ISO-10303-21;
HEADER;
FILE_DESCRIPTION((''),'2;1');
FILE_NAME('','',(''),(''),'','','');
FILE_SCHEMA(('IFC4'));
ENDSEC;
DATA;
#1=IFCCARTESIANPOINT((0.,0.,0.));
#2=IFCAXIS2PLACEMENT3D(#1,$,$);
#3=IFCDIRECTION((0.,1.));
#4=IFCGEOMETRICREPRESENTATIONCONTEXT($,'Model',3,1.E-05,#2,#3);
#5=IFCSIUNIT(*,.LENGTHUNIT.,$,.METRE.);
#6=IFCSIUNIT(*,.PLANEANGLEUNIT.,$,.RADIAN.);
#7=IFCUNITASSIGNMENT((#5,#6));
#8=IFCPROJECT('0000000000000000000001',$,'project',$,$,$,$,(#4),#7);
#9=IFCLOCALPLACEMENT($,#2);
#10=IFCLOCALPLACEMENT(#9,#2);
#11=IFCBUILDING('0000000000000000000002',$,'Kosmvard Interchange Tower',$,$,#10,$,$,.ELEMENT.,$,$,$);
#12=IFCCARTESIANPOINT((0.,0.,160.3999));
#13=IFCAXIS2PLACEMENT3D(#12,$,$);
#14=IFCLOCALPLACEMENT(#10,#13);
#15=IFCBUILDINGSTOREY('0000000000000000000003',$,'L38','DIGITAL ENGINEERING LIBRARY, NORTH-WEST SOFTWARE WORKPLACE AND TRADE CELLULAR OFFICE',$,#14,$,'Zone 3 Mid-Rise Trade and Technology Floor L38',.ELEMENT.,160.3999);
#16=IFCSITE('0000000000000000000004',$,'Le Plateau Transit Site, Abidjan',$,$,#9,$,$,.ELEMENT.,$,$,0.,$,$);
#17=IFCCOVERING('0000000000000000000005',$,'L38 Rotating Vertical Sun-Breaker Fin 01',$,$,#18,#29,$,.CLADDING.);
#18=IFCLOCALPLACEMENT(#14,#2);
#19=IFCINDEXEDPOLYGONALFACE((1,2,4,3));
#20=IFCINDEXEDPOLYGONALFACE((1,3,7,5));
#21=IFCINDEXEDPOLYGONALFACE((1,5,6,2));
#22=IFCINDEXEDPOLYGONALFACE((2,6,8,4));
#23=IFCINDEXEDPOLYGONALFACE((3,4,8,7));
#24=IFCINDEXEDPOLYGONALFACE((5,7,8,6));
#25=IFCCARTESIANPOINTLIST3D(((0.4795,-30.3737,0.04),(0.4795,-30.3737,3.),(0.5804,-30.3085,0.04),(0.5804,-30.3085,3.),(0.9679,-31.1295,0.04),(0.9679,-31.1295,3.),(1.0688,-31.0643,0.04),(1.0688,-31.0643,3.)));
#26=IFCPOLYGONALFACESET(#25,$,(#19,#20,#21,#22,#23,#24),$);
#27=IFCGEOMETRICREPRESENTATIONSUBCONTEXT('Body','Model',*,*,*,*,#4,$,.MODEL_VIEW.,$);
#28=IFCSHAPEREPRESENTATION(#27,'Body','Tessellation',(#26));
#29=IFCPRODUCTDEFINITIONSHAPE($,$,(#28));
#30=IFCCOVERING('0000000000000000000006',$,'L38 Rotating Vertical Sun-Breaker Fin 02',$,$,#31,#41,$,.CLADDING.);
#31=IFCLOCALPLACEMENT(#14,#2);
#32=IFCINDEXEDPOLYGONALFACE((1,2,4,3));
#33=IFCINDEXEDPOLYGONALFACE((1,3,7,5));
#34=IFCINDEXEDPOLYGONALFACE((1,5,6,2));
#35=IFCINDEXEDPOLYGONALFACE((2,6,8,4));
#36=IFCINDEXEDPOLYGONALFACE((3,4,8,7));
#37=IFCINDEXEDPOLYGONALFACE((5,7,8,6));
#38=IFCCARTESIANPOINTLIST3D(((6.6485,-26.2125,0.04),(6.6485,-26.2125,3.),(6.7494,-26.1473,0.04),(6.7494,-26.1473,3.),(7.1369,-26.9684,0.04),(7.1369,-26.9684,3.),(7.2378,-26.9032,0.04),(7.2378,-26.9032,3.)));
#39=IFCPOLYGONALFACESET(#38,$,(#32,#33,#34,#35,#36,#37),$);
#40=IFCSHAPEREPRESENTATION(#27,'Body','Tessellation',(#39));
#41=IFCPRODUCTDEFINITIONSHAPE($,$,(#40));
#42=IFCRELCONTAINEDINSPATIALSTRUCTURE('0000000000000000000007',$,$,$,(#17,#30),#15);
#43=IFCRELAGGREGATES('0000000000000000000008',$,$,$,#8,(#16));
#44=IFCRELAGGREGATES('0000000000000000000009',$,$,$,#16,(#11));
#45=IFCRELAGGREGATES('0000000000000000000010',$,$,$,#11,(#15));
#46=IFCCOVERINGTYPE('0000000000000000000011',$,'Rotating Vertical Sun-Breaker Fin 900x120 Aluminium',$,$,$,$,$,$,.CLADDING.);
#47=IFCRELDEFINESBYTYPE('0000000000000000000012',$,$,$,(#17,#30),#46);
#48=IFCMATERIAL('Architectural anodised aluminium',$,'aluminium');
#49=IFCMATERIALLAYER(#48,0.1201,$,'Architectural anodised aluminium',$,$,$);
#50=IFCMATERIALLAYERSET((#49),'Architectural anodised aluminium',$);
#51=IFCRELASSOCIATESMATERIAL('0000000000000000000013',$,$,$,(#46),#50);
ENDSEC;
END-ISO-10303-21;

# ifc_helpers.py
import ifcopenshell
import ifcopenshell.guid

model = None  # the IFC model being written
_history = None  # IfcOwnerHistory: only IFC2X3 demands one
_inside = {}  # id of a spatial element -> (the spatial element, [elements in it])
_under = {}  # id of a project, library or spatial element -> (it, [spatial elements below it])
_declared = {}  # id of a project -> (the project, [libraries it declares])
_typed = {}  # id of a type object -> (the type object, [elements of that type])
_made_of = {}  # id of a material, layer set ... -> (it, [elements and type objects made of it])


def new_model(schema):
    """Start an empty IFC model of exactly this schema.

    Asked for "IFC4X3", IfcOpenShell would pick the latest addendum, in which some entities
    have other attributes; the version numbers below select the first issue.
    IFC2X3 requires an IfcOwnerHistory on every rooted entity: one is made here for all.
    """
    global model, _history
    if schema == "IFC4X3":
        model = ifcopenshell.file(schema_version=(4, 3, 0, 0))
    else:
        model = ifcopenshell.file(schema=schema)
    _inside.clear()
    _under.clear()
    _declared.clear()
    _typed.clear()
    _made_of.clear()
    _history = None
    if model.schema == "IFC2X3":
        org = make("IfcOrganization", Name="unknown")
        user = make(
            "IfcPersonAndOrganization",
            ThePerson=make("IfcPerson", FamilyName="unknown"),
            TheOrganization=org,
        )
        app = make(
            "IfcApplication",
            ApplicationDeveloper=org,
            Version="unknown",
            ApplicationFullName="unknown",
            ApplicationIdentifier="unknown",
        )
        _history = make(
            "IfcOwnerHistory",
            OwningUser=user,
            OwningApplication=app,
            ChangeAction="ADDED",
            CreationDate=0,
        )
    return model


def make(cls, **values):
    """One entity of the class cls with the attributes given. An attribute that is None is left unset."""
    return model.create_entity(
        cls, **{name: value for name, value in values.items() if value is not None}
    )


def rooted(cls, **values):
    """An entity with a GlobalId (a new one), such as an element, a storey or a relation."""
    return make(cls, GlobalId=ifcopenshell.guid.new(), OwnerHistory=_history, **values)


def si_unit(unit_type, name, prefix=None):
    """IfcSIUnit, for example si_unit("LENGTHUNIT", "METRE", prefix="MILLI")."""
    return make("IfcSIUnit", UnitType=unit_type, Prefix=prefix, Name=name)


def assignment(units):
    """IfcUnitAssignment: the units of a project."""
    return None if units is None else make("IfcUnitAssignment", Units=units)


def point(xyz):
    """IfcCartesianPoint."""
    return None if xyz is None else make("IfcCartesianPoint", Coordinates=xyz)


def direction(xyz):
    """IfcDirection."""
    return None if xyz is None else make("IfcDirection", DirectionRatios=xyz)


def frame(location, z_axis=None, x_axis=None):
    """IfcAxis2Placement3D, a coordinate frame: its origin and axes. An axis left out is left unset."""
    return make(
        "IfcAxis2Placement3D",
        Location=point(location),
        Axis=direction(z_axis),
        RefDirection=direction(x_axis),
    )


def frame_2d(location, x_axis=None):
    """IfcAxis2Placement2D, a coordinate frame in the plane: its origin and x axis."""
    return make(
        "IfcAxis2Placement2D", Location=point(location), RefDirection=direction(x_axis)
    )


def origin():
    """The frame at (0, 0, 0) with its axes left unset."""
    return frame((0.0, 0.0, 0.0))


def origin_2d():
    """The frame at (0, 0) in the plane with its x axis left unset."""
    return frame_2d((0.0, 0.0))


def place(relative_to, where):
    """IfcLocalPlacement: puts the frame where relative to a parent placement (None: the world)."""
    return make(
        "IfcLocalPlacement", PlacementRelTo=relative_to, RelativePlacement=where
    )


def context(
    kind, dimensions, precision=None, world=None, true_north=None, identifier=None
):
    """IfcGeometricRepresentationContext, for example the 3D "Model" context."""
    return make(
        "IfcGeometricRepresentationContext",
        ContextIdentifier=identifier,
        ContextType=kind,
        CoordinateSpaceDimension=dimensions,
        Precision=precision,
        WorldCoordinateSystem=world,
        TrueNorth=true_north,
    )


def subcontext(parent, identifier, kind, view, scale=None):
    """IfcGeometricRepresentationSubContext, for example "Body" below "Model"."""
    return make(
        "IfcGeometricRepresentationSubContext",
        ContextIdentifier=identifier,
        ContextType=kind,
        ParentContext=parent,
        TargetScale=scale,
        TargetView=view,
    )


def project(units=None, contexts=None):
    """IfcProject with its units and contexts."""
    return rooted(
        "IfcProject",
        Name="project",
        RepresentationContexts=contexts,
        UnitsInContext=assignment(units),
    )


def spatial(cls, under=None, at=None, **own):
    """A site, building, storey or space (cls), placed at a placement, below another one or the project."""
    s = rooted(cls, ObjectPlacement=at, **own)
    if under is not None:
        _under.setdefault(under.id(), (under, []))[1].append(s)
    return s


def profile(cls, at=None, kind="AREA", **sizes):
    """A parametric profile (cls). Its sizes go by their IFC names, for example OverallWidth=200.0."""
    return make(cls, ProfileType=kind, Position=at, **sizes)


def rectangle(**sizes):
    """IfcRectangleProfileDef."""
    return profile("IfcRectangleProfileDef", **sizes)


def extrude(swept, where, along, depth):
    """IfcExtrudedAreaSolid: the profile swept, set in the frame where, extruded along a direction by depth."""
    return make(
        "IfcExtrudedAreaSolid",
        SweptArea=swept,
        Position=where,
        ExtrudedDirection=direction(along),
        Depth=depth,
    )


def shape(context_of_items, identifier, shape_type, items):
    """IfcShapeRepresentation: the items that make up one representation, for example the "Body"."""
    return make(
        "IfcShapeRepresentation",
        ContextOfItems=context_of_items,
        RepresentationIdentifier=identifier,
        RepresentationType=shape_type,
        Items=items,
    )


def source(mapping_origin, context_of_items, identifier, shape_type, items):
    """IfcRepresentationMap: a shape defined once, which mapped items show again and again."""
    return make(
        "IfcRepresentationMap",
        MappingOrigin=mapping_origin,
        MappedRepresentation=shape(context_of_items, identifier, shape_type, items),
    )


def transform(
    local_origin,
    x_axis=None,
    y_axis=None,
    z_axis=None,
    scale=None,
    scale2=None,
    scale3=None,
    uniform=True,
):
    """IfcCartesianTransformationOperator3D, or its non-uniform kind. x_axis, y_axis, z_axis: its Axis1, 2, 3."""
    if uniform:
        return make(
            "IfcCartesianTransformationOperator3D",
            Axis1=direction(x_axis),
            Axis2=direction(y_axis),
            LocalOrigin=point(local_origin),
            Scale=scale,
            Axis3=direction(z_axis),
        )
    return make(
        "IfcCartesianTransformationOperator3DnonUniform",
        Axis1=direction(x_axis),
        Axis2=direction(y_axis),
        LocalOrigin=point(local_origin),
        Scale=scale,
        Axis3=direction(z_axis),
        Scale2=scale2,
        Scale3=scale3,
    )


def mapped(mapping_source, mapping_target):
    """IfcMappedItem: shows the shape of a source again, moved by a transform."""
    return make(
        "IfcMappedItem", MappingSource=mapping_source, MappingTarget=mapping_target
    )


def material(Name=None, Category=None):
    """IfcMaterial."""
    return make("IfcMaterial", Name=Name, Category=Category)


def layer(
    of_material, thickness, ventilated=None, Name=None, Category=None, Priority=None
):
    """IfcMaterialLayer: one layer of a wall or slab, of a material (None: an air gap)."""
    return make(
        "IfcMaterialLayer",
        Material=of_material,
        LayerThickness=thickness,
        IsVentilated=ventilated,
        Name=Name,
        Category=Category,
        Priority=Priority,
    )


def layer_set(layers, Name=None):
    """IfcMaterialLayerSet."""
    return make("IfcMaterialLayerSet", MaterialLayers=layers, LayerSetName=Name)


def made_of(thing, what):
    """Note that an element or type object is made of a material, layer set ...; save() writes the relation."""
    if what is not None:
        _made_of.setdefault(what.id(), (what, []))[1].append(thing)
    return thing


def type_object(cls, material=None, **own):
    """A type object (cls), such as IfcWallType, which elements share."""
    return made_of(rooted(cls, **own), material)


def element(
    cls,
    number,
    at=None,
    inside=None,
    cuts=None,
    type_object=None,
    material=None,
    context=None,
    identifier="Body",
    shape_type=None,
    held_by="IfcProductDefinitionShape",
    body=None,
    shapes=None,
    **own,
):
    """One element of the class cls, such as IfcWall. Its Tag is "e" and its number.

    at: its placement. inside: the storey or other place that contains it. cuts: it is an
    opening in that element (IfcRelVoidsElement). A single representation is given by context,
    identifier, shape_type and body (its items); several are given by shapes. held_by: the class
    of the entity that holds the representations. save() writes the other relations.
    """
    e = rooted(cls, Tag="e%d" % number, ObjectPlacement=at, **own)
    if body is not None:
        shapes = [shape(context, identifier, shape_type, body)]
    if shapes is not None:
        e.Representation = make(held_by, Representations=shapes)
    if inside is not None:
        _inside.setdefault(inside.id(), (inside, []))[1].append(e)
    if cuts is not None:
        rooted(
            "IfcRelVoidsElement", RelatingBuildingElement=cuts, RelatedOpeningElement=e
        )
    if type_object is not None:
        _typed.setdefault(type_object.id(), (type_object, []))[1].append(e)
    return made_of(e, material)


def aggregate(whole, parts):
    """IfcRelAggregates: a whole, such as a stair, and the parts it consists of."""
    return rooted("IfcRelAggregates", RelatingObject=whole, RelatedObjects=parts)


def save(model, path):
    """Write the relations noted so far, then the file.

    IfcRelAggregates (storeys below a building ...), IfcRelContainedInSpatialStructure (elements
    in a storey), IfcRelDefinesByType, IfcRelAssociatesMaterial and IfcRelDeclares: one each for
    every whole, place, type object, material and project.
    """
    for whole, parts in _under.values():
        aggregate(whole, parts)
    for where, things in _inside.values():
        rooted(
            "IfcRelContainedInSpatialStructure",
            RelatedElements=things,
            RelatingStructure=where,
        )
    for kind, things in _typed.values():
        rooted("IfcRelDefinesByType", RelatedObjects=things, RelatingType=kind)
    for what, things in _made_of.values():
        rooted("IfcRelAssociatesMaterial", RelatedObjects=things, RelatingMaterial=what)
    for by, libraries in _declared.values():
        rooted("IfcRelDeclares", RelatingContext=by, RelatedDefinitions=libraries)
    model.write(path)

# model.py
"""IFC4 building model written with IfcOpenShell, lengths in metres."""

from ifc_helpers import new_model, si_unit, direction, frame, origin, origin_2d, place, context, subcontext, project, spatial, rectangle, extrude, source, transform, mapped, material, layer, layer_set, type_object, element, save


model = new_model("IFC4")

# Units and contexts
model_context = context("Model", 3, precision=1e-05, world=origin(), true_north=direction((0.0, 1.0)))
body_context = subcontext(model_context, "Body", "Model", "MODEL_VIEW")
ifc_project = project(units=[si_unit("LENGTHUNIT", "METRE"), si_unit("PLANEANGLEUNIT", "RADIAN")], contexts=[model_context])

# Site, building, storey
site_placement = place(None, origin())
site = spatial("IfcSite", under=ifc_project, at=site_placement, Name="Le Plateau Transit Site, Abidjan", CompositionType="ELEMENT", RefElevation=0.0)
building_placement = place(site_placement, origin())
building = spatial("IfcBuilding", under=site, at=building_placement, Name="Kosmvard Interchange Tower", CompositionType="ELEMENT")
storey_placement = place(building_placement, frame((0.0, 0.0, 160.3999)))
storey = spatial("IfcBuildingStorey", under=building, at=storey_placement, Name="L38", Description="DIGITAL ENGINEERING LIBRARY, NORTH-WEST SOFTWARE WORKPLACE AND TRADE CELLULAR OFFICE", LongName="Zone 3 Mid-Rise Trade and Technology Floor L38", CompositionType="ELEMENT", Elevation=160.3999)

# Coverings
ifc_material_1 = material(Name="Architectural anodised aluminium", Category="aluminium")
ifc_layer_1 = layer(ifc_material_1, 0.1201, Name="Architectural anodised aluminium")
ifc_layer_set_1 = layer_set([ifc_layer_1], Name="Architectural anodised aluminium")
covering_type = type_object("IfcCoveringType", Name="Rotating Vertical Sun-Breaker Fin 900x120 Aluminium", PredefinedType="CLADDING", material=ifc_layer_set_1)
shared_shape_1 = source(origin(), body_context, "Body", "SweptSolid", [
    extrude(rectangle(XDim=0.8999, YDim=0.1201, at=origin_2d()), origin(), (0.0, 0.0, 1.0), 2.96),
])
for number, where, z_axis, x_axis, name in (
    (1, (0.7742, -30.719, 0.04), (0.0, 0.0, 1.0), (0.542735, -0.839904, 0.0), "L38 Rotating Vertical Sun-Breaker Fin 01"),
    (2, (6.9431, -26.5579, 0.04), (0.0, 0.0, 1.0), (0.542735, -0.839904, 0.0), "L38 Rotating Vertical Sun-Breaker Fin 02"),
):
    element("IfcCovering", number, at=place(storey_placement, frame(where, z_axis=z_axis, x_axis=x_axis)), inside=storey, type_object=covering_type, Name=name, PredefinedType="CLADDING", context=body_context, shape_type="MappedRepresentation", body=[
        mapped(shared_shape_1, transform((0.0, 0.0, 0.0), scale=1.0)),
    ])

save(model, "model.ifc")
